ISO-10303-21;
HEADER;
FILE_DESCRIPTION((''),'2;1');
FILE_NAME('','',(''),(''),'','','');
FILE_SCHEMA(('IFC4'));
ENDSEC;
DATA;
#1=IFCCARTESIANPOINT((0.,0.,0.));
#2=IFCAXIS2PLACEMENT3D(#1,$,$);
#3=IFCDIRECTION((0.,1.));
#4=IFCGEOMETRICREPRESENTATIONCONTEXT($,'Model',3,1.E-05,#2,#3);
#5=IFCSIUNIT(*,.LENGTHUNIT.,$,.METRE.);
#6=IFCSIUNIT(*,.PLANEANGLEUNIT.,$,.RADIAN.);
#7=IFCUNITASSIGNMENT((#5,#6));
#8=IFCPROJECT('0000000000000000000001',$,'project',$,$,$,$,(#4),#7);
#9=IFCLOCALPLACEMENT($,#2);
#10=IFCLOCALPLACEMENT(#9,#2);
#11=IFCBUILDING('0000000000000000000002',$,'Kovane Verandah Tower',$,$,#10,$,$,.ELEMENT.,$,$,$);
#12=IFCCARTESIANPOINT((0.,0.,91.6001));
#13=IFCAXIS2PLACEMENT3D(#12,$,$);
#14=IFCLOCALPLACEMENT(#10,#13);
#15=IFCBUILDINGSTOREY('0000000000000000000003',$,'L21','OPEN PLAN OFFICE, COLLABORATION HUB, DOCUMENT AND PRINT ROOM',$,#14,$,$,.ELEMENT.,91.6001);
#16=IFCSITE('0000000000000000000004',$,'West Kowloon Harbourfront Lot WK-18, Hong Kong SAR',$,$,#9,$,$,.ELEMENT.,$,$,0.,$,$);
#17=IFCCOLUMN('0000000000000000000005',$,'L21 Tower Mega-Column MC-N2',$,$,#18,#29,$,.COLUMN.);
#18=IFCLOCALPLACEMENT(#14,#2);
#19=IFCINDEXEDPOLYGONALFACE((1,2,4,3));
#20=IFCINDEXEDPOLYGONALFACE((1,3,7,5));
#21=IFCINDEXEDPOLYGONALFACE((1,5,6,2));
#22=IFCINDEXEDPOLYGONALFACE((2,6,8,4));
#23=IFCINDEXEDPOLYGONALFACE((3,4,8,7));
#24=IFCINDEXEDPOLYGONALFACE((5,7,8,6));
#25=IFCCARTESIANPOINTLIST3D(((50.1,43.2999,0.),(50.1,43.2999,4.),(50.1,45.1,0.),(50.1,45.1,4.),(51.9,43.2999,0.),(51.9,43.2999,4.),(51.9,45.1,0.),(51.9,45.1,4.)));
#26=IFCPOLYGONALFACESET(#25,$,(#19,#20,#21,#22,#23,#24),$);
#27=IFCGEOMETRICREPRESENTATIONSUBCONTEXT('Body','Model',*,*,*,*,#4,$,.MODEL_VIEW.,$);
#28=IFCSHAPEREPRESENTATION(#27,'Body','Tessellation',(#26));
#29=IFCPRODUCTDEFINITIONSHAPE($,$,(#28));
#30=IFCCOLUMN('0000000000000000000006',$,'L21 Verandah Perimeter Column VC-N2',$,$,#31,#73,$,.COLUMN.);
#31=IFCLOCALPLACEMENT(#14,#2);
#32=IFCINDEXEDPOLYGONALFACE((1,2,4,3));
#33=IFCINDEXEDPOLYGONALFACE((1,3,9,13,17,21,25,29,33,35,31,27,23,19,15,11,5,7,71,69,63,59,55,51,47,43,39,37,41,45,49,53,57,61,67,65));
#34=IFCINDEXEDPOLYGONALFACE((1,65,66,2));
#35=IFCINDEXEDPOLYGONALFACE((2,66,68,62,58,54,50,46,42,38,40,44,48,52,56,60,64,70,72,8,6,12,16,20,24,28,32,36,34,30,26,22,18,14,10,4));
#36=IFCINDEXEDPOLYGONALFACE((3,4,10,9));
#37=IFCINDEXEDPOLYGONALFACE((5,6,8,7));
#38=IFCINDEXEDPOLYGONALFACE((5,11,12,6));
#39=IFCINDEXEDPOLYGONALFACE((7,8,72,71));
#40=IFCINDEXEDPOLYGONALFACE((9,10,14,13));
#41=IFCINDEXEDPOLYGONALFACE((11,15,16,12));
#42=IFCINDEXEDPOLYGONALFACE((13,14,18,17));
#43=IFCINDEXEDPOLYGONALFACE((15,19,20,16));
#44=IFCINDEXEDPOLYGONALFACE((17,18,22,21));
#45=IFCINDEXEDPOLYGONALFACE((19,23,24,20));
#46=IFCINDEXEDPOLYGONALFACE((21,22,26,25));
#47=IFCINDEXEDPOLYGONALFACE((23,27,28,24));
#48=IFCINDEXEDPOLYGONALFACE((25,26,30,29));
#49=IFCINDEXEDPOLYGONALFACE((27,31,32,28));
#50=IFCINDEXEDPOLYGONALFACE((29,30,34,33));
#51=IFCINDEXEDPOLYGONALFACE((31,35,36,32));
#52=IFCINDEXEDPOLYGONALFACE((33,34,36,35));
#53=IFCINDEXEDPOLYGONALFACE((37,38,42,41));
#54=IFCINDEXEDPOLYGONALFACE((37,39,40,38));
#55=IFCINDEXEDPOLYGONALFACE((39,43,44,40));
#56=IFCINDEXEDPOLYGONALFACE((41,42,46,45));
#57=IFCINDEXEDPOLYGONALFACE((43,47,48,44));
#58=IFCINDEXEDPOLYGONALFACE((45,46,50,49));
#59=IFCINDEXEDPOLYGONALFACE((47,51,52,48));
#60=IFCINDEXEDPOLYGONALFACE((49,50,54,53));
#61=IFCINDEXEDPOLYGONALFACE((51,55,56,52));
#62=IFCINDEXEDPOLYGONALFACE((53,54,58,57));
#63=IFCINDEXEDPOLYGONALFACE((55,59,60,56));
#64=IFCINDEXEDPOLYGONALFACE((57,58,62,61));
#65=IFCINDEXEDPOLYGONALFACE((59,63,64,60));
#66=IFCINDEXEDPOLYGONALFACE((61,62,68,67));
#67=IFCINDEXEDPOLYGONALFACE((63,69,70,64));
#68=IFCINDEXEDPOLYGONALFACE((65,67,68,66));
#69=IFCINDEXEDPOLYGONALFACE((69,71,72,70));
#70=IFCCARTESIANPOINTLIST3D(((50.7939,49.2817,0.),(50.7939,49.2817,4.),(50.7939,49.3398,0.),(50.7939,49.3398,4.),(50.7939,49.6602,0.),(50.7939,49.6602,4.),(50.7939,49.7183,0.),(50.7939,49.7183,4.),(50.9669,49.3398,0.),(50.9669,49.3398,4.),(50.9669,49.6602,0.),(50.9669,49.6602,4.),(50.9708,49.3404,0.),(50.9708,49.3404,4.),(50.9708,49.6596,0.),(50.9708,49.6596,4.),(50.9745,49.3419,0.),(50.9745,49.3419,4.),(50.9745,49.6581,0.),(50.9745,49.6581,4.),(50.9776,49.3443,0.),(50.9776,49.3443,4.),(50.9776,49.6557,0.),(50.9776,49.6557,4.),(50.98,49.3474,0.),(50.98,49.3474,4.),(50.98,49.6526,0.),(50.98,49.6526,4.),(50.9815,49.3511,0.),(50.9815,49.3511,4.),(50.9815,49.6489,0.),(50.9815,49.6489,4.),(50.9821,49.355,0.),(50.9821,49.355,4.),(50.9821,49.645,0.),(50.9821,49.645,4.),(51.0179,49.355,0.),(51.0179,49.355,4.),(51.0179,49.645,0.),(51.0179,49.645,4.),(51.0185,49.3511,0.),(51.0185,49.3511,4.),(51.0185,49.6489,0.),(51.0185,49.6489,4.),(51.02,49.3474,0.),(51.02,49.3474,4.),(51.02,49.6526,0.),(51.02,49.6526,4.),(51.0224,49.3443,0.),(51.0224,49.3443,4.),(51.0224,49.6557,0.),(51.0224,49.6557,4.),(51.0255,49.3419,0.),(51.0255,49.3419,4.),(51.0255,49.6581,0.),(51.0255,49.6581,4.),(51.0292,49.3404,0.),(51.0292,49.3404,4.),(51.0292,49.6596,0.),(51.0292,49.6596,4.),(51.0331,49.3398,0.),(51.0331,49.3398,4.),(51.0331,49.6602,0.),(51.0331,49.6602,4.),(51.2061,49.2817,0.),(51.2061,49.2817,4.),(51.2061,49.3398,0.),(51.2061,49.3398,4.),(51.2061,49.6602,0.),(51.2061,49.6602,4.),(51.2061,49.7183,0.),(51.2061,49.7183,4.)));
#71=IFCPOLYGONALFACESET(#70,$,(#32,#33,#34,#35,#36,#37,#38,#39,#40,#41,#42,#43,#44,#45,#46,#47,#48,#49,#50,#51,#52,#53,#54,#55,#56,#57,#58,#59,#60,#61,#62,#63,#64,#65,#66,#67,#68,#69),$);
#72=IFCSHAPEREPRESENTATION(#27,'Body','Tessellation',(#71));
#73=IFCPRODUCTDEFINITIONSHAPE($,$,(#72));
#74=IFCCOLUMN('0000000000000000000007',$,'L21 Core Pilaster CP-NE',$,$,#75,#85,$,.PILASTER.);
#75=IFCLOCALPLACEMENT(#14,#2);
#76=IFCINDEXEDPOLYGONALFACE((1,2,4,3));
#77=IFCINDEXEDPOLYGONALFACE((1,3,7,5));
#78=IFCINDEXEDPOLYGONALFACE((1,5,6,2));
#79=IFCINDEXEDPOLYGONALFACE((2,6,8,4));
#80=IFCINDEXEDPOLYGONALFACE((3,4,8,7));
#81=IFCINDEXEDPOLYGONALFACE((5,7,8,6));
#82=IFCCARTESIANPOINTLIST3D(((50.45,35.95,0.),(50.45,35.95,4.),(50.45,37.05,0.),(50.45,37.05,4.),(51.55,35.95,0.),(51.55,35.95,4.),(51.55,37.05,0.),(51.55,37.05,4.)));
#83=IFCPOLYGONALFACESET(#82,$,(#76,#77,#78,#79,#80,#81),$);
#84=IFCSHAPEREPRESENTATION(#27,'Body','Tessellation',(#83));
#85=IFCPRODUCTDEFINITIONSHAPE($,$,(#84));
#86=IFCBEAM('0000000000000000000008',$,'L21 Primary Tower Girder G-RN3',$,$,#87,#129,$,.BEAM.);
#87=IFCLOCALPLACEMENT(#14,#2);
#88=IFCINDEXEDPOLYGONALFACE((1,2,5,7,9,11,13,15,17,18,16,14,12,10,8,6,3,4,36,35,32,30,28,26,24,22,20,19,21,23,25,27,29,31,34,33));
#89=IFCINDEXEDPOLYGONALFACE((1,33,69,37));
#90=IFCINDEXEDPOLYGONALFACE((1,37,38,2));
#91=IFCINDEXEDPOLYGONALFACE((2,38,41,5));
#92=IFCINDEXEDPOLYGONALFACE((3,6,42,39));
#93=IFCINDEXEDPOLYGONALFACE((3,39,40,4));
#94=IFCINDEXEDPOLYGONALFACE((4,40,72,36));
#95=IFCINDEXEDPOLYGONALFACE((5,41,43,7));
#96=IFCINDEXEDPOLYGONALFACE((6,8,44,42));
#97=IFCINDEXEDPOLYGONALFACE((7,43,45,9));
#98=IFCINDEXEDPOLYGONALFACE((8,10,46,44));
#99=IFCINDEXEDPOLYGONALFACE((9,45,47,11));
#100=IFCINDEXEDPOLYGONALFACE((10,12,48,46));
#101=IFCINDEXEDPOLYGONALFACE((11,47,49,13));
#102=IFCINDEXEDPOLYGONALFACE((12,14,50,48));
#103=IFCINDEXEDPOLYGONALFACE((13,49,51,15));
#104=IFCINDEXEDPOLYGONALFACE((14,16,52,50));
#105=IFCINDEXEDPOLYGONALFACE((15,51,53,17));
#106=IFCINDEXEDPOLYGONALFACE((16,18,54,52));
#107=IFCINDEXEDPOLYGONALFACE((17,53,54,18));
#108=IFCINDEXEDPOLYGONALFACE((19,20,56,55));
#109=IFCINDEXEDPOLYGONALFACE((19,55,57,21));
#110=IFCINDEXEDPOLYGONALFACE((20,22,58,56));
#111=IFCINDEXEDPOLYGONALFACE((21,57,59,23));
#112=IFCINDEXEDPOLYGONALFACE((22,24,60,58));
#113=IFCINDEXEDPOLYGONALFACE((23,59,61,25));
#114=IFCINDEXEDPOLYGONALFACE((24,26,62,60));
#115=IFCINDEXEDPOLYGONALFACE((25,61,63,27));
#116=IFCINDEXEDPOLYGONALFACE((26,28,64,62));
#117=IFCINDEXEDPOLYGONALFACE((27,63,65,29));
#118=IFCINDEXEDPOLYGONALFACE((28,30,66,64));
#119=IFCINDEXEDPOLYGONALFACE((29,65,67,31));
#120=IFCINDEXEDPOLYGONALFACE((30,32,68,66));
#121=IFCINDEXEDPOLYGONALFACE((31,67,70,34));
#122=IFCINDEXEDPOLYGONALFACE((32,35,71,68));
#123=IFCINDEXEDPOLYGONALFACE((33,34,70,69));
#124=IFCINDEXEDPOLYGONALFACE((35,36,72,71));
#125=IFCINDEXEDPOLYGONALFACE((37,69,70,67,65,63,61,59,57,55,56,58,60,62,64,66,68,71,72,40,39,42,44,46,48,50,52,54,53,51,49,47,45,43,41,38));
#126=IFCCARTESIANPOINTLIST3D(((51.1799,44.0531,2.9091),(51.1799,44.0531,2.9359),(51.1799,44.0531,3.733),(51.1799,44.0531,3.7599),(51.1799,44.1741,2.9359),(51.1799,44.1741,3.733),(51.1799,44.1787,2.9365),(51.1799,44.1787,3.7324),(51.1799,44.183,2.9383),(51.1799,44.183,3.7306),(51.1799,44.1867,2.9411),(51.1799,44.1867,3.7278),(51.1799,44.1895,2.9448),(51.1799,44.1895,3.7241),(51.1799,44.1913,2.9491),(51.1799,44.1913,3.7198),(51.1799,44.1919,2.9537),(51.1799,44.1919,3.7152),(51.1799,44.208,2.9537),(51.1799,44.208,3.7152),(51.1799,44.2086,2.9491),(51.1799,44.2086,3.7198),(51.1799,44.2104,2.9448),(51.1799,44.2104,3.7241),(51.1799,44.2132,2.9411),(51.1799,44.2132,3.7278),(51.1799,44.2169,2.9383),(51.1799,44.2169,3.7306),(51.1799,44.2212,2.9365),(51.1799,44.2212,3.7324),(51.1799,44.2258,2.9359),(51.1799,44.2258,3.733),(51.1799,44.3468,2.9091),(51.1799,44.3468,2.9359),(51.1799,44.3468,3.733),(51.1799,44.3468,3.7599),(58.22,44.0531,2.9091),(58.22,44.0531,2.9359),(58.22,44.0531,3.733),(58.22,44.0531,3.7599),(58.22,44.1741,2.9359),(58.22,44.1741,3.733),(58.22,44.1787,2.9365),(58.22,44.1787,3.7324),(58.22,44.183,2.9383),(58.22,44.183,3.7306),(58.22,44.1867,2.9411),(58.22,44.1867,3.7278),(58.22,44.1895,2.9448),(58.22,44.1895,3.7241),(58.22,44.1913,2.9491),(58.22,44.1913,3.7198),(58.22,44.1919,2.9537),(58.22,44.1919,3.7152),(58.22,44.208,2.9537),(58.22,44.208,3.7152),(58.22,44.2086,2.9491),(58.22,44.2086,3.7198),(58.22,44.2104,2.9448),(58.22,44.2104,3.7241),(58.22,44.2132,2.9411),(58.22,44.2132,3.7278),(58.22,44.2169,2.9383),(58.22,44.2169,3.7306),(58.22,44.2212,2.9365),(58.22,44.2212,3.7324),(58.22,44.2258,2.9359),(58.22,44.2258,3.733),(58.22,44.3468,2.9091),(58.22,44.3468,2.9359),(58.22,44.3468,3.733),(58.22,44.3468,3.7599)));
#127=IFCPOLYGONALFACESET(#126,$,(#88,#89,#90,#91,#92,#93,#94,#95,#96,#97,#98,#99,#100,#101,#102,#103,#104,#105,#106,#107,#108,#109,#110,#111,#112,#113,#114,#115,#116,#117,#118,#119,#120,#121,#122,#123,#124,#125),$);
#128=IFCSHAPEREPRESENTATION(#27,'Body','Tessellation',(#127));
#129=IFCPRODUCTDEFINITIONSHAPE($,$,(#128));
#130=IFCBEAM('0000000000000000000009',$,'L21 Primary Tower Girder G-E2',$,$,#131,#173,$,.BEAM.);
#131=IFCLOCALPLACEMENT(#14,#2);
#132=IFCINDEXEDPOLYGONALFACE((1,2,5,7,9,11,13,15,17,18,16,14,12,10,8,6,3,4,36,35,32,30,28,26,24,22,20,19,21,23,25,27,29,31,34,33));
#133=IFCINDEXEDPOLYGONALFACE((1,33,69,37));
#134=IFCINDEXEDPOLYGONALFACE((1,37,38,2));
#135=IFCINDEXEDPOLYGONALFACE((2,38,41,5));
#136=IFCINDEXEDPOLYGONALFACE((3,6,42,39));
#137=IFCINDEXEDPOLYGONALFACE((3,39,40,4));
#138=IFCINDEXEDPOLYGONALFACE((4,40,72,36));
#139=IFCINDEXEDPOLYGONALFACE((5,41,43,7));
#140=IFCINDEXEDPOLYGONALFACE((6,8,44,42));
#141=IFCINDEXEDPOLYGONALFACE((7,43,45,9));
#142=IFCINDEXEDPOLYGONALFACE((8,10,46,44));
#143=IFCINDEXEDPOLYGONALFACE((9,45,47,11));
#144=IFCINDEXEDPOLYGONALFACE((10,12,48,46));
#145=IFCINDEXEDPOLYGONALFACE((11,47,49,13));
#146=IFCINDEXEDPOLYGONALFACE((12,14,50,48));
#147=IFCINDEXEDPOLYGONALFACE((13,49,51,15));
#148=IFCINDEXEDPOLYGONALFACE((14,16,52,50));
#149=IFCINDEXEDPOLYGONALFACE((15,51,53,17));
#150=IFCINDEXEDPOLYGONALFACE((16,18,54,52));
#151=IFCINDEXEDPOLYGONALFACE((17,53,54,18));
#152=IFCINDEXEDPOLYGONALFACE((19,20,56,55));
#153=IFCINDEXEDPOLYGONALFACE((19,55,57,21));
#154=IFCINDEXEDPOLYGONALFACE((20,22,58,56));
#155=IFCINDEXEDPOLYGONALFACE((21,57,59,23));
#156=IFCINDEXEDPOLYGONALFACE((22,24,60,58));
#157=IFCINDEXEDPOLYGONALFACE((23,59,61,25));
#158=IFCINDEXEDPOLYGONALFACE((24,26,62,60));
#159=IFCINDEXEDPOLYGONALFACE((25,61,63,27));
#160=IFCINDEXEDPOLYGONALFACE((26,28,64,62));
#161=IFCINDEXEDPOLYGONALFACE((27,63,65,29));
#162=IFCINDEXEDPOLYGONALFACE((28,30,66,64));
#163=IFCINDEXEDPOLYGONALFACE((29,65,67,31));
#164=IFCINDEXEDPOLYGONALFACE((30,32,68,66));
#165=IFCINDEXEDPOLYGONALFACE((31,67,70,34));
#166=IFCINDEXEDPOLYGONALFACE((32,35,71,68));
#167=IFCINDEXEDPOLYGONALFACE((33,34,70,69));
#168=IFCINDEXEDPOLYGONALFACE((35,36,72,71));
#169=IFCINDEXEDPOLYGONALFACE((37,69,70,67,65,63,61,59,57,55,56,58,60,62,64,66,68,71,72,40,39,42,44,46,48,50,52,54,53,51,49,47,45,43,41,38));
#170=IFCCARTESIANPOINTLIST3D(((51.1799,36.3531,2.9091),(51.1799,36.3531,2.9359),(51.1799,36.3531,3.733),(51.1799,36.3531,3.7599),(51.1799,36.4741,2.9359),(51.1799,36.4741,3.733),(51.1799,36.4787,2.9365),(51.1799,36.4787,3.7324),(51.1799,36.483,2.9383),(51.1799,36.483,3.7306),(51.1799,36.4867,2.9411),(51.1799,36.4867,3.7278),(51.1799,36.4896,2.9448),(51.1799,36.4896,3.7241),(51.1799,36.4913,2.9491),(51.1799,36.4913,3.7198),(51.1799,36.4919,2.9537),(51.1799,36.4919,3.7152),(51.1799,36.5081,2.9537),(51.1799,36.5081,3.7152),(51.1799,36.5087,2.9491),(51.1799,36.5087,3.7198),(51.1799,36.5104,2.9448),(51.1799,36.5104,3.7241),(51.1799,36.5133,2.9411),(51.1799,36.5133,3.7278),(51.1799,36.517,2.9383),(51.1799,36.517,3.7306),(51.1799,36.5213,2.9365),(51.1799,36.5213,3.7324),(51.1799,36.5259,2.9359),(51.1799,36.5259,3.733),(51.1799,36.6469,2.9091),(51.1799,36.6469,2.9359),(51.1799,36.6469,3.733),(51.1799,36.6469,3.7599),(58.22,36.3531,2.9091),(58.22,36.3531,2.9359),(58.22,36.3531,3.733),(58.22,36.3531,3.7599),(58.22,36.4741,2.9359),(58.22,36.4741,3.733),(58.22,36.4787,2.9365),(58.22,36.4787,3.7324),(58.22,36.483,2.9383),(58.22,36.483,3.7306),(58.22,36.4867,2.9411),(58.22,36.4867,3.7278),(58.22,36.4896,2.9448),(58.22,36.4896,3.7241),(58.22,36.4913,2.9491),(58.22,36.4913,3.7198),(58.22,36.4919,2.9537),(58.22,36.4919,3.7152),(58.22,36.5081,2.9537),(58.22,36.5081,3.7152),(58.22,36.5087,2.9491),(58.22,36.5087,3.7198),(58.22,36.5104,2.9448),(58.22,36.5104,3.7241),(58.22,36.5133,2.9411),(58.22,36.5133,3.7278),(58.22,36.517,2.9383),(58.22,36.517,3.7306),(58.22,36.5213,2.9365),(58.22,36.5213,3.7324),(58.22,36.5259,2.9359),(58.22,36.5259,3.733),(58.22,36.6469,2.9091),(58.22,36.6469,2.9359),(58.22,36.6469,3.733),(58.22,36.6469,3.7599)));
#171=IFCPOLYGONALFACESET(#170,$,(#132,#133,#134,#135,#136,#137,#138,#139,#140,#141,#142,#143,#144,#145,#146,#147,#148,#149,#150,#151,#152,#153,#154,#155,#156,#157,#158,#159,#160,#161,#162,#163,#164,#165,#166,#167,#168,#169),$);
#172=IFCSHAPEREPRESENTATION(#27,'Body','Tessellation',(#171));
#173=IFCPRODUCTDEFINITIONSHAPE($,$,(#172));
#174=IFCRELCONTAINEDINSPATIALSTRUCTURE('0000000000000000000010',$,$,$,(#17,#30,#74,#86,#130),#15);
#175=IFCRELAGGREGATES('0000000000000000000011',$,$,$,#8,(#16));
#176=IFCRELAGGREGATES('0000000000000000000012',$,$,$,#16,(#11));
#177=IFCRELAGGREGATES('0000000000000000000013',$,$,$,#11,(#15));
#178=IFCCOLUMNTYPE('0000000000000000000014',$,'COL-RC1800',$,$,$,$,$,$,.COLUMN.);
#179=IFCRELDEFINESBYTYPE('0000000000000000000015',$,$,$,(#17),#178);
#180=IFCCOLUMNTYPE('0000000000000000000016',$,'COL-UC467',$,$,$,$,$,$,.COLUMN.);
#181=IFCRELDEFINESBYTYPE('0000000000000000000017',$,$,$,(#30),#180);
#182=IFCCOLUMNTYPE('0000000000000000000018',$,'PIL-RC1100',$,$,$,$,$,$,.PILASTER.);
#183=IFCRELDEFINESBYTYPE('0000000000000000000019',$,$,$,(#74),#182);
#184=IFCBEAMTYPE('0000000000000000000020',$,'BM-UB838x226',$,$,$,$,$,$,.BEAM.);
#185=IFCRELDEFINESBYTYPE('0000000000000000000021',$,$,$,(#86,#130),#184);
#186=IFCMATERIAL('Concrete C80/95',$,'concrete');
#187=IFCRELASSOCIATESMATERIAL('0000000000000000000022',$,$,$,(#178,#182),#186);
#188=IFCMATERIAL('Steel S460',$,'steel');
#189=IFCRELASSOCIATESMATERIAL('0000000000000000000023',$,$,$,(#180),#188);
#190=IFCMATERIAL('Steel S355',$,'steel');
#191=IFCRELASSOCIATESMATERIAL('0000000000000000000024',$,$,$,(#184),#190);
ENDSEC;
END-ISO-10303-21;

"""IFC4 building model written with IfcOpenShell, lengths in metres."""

from ifc_helpers import new_model, si_unit, direction, frame, origin, origin_2d, place, context, subcontext, project, spatial, rectangle, i_section, extrude, material, material_profile, profile_set, type_object, element, save


model = new_model("IFC4")

# Units and contexts
model_context = context("Model", 3, precision=1e-05, world=origin(), true_north=direction((0.0, 1.0)))
body_context = subcontext(model_context, "Body", "Model", "MODEL_VIEW")
ifc_project = project(units=[si_unit("LENGTHUNIT", "METRE"), si_unit("PLANEANGLEUNIT", "RADIAN")], contexts=[model_context])

# Site, building, storey
site_placement = place(None, origin())
site = spatial("IfcSite", under=ifc_project, at=site_placement, Name="West Kowloon Harbourfront Lot WK-18, Hong Kong SAR", CompositionType="ELEMENT", RefElevation=0.0)
building_placement = place(site_placement, origin())
building = spatial("IfcBuilding", under=site, at=building_placement, Name="Kovane Verandah Tower", CompositionType="ELEMENT")
storey_placement = place(building_placement, frame((0.0, 0.0, 91.6001)))
storey = spatial("IfcBuildingStorey", under=building, at=storey_placement, Name="L21", Description="OPEN PLAN OFFICE, COLLABORATION HUB, DOCUMENT AND PRINT ROOM", CompositionType="ELEMENT", Elevation=91.6001)

# Columns
ifc_material_1 = material(Name="Concrete C80/95", Category="concrete")
ifc_material_profile_1 = material_profile(ifc_material_1, rectangle(XDim=1.8, YDim=1.8, at=origin_2d()), Name="RC1800x1800")
ifc_profile_set_1 = profile_set([ifc_material_profile_1], Name="Concrete C80/95")
column_type_1 = type_object("IfcColumnType", Name="COL-RC1800", PredefinedType="COLUMN", material=ifc_profile_set_1)
column_1_placement = place(storey_placement, frame((51.0, 44.2, 0.0), z_axis=(0.0, 0.0, 1.0), x_axis=(1.0, 0.0, 0.0)))
element("IfcColumn", 1, at=column_1_placement, inside=storey, type_object=column_type_1, Name="L21 Tower Mega-Column MC-N2", PredefinedType="COLUMN", context=body_context, shape_type="SweptSolid", body=[
    extrude(rectangle(XDim=1.8, YDim=1.8, at=origin_2d()), origin(), (0.0, 0.0, 1.0), 4.0),
])
ifc_material_2 = material(Name="Steel S460", Category="steel")
ifc_material_profile_2 = material_profile(ifc_material_2, i_section(OverallWidth=0.4121, OverallDepth=0.4365, WebThickness=0.0359, FlangeThickness=0.0581, FilletRadius=0.0151, at=origin_2d()), Name="UC356x406x467")
ifc_profile_set_2 = profile_set([ifc_material_profile_2], Name="Steel S460")
column_type_2 = type_object("IfcColumnType", Name="COL-UC467", PredefinedType="COLUMN", material=ifc_profile_set_2)
column_2_placement = place(storey_placement, frame((51.0, 49.5, 0.0), z_axis=(0.0, 0.0, 1.0), x_axis=(1.0, 0.0, 0.0)))
element("IfcColumn", 2, at=column_2_placement, inside=storey, type_object=column_type_2, Name="L21 Verandah Perimeter Column VC-N2", PredefinedType="COLUMN", context=body_context, shape_type="SweptSolid", body=[
    extrude(i_section(OverallWidth=0.4121, OverallDepth=0.4365, WebThickness=0.0359, FlangeThickness=0.0581, FilletRadius=0.0151, at=origin_2d()), origin(), (0.0, 0.0, 1.0), 4.0),
])
ifc_material_profile_3 = material_profile(ifc_material_1, rectangle(XDim=1.1001, YDim=1.1001, at=origin_2d()), Name="RC1100x1100")
ifc_profile_set_3 = profile_set([ifc_material_profile_3], Name="Concrete C80/95")
column_type_3 = type_object("IfcColumnType", Name="PIL-RC1100", PredefinedType="PILASTER", material=ifc_profile_set_3)
column_3_placement = place(storey_placement, frame((51.0, 36.5, 0.0), z_axis=(0.0, 0.0, 1.0), x_axis=(1.0, 0.0, 0.0)))
element("IfcColumn", 3, at=column_3_placement, inside=storey, type_object=column_type_3, Name="L21 Core Pilaster CP-NE", PredefinedType="PILASTER", context=body_context, shape_type="SweptSolid", body=[
    extrude(rectangle(XDim=1.1001, YDim=1.1001, at=origin_2d()), origin(), (0.0, 0.0, 1.0), 4.0),
])

# Beams
ifc_material_3 = material(Name="Steel S355", Category="steel")
ifc_material_profile_4 = material_profile(ifc_material_3, i_section(OverallWidth=0.2937, OverallDepth=0.8508, WebThickness=0.0161, FlangeThickness=0.0269, FilletRadius=0.0178, at=origin_2d()), Name="UB838x292x226")
ifc_profile_set_4 = profile_set([ifc_material_profile_4], Name="Steel S355")
beam_type = type_object("IfcBeamType", Name="BM-UB838x226", PredefinedType="BEAM", material=ifc_profile_set_4)
for number, where, z_axis, x_axis, name in (
    (4, (51.1799, 44.2, 3.3345), (1.0, 0.0, 0.0), (0.0, 1.0, 0.0), "L21 Primary Tower Girder G-RN3"),
    (5, (51.1799, 36.5, 3.3345), (1.0, 0.0, 0.0), (0.0, 1.0, 0.0), "L21 Primary Tower Girder G-E2"),
):
    element("IfcBeam", number, at=place(storey_placement, frame(where, z_axis=z_axis, x_axis=x_axis)), inside=storey, type_object=beam_type, Name=name, PredefinedType="BEAM", context=body_context, shape_type="SweptSolid", body=[
        extrude(i_section(OverallWidth=0.2937, OverallDepth=0.8508, WebThickness=0.0161, FlangeThickness=0.0269, FilletRadius=0.0178, at=origin_2d()), origin(), (0.0, 0.0, 1.0), 7.04),
    ])

save(model, "model.ifc")
